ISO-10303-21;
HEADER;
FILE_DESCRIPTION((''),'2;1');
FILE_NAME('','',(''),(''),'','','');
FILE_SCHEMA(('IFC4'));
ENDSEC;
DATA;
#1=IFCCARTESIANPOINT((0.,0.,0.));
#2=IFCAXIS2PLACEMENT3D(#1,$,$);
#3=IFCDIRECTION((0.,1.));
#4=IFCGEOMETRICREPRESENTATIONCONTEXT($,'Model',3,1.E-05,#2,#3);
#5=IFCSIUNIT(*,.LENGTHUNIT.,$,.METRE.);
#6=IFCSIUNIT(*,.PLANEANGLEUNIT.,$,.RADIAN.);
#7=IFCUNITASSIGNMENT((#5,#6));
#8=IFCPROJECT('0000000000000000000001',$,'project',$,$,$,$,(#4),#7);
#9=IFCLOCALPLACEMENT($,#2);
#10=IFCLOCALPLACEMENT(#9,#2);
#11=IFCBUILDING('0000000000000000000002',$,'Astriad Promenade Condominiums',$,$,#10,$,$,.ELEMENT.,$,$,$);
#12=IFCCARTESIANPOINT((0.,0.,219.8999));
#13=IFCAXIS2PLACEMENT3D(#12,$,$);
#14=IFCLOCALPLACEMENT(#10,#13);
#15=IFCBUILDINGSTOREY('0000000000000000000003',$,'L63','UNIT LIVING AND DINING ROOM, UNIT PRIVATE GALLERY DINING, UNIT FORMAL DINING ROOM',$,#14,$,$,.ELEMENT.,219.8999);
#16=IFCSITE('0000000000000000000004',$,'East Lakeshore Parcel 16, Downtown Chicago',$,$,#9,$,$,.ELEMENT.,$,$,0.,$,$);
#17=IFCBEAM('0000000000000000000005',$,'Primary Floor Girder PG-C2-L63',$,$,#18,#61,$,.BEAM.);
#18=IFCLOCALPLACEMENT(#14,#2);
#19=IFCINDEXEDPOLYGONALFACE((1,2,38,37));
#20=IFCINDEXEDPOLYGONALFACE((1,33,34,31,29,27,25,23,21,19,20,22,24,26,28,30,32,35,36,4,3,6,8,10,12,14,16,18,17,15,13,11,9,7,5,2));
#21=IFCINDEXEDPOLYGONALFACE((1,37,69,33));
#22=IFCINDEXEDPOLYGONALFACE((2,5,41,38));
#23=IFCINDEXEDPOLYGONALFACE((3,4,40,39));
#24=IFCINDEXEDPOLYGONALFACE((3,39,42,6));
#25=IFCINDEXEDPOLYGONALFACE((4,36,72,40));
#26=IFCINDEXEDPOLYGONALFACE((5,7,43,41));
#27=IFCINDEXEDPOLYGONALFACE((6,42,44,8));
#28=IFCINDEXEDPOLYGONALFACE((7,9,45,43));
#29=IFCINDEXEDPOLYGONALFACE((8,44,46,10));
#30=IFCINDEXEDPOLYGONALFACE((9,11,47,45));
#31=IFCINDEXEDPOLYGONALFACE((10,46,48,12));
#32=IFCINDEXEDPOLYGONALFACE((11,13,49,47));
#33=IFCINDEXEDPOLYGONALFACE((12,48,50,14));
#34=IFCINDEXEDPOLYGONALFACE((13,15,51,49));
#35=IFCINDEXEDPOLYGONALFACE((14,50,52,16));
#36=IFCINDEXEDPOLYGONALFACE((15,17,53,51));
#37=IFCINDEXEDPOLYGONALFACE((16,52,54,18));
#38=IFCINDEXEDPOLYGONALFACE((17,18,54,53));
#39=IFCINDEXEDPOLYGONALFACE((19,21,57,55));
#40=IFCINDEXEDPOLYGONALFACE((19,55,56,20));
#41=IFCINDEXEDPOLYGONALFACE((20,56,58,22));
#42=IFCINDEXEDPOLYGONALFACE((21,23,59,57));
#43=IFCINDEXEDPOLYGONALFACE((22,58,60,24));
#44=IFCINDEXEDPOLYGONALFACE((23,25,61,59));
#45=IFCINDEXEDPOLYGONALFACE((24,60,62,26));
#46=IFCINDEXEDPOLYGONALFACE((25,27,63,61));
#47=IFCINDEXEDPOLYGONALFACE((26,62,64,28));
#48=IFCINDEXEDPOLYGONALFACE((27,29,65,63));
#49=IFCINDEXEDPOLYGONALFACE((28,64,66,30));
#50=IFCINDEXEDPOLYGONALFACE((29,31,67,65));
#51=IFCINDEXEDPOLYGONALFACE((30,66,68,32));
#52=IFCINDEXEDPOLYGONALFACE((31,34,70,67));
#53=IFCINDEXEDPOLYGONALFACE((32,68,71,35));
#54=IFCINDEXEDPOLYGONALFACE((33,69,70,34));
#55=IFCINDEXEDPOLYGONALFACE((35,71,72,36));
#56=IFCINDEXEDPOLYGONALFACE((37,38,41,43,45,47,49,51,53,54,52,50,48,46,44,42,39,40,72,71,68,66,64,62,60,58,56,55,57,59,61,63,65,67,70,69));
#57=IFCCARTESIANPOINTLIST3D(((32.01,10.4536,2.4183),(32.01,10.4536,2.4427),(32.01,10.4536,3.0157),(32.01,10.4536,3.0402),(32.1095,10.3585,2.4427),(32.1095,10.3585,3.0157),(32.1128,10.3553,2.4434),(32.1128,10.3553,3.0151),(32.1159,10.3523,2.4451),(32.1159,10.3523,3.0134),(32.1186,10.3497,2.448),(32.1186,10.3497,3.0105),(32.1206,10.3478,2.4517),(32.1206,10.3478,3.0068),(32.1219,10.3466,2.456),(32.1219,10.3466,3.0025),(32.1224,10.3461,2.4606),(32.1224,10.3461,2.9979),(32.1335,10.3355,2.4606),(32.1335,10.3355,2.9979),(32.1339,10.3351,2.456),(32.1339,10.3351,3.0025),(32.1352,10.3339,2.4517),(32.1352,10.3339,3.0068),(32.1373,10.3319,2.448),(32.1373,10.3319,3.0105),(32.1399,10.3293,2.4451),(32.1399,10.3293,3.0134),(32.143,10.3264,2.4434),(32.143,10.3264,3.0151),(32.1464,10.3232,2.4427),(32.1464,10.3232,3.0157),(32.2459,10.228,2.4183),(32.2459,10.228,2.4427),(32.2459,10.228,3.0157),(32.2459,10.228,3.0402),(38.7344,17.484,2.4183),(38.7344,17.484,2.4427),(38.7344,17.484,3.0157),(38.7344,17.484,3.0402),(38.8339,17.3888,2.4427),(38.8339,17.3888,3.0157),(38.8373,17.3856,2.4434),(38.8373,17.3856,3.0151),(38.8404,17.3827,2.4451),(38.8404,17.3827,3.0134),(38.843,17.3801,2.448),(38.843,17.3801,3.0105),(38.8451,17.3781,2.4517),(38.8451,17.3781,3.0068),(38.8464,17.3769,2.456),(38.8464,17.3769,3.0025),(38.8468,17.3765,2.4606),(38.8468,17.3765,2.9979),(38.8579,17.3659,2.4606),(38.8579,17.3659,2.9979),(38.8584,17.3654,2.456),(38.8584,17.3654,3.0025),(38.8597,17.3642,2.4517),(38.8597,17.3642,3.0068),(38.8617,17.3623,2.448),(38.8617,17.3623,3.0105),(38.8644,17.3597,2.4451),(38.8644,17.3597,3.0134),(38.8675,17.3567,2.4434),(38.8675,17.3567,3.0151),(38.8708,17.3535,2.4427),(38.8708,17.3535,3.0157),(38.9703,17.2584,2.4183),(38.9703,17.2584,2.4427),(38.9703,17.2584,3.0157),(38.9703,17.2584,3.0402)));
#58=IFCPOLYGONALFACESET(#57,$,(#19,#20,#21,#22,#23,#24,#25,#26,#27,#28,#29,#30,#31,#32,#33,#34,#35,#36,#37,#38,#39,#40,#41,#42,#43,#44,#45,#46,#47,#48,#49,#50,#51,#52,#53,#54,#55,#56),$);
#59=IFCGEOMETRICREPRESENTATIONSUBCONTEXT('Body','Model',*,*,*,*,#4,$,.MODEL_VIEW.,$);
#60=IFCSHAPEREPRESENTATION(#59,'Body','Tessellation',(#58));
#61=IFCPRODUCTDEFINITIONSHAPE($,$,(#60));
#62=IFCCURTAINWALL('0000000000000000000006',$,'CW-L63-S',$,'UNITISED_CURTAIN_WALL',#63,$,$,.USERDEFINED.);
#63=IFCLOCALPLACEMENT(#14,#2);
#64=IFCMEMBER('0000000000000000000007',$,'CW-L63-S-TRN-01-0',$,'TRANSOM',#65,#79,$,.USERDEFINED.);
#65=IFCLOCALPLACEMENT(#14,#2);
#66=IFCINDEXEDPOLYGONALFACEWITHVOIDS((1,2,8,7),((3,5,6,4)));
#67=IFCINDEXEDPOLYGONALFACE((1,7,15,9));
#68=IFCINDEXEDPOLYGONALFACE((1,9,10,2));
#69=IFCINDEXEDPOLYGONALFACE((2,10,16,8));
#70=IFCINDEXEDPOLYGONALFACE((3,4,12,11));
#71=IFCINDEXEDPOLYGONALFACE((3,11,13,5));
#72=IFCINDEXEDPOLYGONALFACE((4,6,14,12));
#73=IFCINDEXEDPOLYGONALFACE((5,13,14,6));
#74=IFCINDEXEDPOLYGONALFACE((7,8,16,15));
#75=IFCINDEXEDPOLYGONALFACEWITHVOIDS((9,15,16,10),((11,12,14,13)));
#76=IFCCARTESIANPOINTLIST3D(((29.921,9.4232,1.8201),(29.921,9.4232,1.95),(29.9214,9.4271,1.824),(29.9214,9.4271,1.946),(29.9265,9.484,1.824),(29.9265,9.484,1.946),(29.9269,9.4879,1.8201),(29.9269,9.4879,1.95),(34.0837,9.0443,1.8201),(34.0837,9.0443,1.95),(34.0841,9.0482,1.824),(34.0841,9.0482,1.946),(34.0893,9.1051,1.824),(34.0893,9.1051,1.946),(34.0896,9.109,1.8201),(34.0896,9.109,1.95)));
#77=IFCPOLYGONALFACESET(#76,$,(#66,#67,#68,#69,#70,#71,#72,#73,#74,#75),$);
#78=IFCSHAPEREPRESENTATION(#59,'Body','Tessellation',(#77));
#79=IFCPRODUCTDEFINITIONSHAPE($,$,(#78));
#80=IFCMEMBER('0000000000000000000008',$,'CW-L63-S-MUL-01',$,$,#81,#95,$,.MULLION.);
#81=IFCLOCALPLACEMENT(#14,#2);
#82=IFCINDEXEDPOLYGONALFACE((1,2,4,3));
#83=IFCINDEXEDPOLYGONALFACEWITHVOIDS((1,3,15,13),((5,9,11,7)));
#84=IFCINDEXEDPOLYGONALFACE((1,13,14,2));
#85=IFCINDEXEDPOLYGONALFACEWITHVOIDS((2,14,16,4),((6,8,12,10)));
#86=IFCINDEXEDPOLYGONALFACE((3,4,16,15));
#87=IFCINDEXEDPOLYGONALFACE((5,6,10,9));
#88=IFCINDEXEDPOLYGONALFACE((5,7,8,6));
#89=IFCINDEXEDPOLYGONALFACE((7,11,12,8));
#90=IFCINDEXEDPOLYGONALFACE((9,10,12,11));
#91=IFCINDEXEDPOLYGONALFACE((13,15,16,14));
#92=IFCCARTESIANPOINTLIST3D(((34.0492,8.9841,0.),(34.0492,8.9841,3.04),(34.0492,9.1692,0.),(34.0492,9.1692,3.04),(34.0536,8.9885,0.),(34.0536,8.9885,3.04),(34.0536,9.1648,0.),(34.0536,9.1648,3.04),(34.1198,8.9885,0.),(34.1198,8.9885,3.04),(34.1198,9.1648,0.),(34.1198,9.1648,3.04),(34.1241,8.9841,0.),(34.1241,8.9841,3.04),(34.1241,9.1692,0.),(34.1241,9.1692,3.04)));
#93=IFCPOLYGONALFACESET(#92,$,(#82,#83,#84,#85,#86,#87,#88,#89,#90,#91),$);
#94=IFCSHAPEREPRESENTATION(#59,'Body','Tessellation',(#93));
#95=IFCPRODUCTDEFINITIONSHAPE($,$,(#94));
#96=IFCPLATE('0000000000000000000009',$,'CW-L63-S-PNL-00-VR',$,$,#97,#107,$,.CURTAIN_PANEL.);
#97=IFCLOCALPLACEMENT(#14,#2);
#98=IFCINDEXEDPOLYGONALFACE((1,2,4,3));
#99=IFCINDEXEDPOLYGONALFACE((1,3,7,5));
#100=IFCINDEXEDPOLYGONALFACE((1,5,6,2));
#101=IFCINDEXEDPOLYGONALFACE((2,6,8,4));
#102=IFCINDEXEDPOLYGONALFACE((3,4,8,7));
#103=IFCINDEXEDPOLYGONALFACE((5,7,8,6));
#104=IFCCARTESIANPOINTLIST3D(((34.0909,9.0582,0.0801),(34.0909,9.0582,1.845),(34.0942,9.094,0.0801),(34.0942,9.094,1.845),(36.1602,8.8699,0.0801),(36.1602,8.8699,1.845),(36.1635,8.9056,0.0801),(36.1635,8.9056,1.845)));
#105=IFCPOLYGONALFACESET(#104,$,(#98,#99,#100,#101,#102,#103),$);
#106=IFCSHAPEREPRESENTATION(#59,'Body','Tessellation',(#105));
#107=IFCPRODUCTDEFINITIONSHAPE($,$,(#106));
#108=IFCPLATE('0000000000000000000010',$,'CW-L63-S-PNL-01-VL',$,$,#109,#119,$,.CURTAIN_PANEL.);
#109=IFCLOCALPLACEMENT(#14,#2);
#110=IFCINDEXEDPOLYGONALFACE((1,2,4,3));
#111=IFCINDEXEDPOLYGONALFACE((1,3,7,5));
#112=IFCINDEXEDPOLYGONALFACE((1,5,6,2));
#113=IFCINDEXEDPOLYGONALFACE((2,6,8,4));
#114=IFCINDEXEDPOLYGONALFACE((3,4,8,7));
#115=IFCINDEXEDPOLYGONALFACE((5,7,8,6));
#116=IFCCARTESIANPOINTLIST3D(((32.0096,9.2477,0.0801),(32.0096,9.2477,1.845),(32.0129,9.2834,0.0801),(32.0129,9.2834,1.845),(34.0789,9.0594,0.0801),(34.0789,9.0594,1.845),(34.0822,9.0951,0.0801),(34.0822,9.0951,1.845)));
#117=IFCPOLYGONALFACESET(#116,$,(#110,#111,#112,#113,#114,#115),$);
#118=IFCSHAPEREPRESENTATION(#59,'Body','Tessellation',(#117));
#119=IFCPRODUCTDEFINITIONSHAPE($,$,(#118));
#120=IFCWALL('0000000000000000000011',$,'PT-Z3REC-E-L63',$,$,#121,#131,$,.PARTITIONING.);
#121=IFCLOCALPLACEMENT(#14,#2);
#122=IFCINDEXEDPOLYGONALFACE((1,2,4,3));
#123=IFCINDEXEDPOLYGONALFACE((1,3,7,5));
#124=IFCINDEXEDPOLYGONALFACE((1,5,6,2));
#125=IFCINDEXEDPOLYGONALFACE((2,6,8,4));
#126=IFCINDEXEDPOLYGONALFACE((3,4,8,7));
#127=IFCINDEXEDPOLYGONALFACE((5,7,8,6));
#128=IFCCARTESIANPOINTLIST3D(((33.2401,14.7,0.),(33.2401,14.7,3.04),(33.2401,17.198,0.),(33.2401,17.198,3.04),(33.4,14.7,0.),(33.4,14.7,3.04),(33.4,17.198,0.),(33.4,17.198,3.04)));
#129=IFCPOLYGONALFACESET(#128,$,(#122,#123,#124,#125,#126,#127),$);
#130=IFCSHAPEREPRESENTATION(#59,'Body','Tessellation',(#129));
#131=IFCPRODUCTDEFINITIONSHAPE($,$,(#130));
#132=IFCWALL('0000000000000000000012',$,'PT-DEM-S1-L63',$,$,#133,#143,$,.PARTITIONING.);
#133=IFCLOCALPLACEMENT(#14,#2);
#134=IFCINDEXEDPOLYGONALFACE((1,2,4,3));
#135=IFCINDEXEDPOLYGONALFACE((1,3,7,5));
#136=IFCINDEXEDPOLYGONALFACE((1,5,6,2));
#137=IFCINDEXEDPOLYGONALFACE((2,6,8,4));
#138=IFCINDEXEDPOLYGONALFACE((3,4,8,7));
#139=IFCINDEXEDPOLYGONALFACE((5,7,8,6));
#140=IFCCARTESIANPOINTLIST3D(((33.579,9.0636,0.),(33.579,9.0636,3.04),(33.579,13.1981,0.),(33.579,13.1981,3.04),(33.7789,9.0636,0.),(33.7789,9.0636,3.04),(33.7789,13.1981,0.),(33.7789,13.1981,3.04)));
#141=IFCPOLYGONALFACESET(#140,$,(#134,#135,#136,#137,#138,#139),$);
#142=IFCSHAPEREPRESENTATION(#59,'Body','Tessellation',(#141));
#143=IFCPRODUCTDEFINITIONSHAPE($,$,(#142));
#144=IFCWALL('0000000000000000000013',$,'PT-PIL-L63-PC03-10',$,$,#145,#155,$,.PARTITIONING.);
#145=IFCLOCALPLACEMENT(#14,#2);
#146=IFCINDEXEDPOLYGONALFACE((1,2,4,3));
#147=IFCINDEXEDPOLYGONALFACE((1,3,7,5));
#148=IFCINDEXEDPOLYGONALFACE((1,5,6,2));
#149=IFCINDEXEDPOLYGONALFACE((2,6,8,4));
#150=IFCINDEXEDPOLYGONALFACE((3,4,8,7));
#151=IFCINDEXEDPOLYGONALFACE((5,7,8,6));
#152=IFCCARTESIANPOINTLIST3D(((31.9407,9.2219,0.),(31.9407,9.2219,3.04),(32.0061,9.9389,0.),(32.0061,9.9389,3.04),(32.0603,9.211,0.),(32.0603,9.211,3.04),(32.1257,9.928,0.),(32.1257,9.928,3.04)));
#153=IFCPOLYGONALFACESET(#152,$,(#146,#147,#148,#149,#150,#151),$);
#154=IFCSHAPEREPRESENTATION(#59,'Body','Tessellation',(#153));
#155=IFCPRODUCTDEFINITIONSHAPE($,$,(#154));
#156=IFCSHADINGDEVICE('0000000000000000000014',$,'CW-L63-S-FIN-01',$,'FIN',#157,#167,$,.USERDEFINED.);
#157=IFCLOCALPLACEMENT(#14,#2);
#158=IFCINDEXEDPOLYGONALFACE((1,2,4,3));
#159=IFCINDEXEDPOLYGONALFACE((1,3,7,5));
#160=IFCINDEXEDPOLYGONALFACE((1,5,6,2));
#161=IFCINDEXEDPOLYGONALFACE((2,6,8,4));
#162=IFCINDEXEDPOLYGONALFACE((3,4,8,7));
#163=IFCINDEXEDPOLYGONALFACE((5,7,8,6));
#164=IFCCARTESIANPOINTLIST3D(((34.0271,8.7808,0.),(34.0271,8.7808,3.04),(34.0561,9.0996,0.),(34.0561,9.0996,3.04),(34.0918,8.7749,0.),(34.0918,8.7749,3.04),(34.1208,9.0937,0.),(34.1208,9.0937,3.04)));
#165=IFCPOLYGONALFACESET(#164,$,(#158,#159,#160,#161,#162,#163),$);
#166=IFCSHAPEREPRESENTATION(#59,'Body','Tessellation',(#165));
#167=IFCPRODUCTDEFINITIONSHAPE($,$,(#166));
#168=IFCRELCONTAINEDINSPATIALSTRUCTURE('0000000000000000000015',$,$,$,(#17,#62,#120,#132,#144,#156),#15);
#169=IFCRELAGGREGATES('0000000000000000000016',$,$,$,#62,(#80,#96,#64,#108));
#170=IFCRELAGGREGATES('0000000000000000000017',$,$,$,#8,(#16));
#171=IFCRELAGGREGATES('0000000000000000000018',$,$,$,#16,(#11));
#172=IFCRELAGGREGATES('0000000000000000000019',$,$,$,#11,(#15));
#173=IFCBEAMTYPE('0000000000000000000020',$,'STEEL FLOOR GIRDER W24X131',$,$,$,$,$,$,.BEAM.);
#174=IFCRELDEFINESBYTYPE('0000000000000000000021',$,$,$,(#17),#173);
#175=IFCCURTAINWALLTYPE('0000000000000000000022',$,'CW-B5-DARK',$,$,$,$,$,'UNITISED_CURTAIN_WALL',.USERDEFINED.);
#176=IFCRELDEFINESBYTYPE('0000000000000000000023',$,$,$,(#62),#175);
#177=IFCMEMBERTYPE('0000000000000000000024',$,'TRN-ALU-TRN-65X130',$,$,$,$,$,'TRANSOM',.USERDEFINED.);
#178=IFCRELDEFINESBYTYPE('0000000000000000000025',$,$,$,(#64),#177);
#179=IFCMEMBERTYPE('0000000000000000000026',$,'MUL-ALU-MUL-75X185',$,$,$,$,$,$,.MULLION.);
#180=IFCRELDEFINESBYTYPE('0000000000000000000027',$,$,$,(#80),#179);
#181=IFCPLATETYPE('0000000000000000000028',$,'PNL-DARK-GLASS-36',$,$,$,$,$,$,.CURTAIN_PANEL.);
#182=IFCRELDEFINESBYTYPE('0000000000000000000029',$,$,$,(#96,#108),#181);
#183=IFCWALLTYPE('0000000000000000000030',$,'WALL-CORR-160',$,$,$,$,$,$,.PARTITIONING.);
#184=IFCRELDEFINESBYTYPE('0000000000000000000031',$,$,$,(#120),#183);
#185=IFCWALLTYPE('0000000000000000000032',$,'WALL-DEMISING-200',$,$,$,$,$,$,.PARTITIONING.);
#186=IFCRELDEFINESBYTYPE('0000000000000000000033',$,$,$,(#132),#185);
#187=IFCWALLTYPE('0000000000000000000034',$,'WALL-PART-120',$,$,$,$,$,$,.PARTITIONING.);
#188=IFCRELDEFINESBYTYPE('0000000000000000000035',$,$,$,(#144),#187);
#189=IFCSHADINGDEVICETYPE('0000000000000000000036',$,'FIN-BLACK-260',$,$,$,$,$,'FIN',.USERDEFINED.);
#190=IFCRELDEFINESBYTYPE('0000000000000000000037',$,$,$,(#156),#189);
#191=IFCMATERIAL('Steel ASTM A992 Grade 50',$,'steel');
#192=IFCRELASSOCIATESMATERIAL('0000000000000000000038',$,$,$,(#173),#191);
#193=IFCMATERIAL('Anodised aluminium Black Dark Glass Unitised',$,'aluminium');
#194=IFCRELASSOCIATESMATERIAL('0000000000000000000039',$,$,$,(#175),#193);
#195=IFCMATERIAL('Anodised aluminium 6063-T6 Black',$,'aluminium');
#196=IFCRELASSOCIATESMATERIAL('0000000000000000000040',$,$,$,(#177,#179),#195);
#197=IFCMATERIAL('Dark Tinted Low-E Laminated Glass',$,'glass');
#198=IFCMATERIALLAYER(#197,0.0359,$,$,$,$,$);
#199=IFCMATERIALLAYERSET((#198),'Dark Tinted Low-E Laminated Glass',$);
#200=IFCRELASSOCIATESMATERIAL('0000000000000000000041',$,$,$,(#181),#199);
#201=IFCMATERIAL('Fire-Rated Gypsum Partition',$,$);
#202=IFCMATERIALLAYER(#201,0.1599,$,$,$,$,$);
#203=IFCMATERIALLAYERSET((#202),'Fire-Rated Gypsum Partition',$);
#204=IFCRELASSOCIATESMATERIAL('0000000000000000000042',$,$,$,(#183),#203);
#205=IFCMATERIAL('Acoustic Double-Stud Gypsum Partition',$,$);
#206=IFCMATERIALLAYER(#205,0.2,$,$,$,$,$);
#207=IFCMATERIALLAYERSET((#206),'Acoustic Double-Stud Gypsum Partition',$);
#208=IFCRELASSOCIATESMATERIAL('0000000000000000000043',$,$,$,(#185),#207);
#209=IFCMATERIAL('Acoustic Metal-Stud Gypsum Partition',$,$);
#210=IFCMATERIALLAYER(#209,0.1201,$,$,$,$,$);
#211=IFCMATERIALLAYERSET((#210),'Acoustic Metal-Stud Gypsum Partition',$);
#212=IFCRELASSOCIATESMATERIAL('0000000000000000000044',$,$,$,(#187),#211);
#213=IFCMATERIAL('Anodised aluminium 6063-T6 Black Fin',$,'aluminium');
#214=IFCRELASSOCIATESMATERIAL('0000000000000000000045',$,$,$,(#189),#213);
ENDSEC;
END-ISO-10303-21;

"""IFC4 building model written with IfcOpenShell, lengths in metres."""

from ifc_helpers import new_model, si_unit, direction, frame, frame_2d, origin, origin_2d, place, context, subcontext, project, spatial, rectangle, hollow_rectangle, i_section, extrude, source, transform, mapped, material, layer, layer_set, material_profile, profile_set, type_object, type_shapes, element, aggregate, save


model = new_model("IFC4")

# Units and contexts
model_context = context("Model", 3, precision=1e-05, world=origin(), true_north=direction((0.0, 1.0)))
body_context = subcontext(model_context, "Body", "Model", "MODEL_VIEW")
ifc_project = project(units=[si_unit("LENGTHUNIT", "METRE"), si_unit("PLANEANGLEUNIT", "RADIAN")], contexts=[model_context])

# Site, building, storey
site_placement = place(None, origin())
site = spatial("IfcSite", under=ifc_project, at=site_placement, Name="East Lakeshore Parcel 16, Downtown Chicago", CompositionType="ELEMENT", RefElevation=0.0)
building_placement = place(site_placement, origin())
building = spatial("IfcBuilding", under=site, at=building_placement, Name="Astriad Promenade Condominiums", CompositionType="ELEMENT")
storey_placement = place(building_placement, frame((0.0, 0.0, 219.8999)))
storey = spatial("IfcBuildingStorey", under=building, at=storey_placement, Name="L63", Description="UNIT LIVING AND DINING ROOM, UNIT PRIVATE GALLERY DINING, UNIT FORMAL DINING ROOM", CompositionType="ELEMENT", Elevation=219.8999)

# Shared definitions
ifc_material_1 = material(Name="Steel ASTM A992 Grade 50", Category="steel")

# Beam
ifc_material_profile_1 = material_profile(ifc_material_1, i_section(OverallWidth=0.3264, OverallDepth=0.6218, WebThickness=0.0154, FlangeThickness=0.0244, FilletRadius=0.0178, at=origin_2d()), Name="W24X131")
ifc_profile_set_1 = profile_set([ifc_material_profile_1], Name="Steel ASTM A992 Grade 50")
beam_type_1 = type_object("IfcBeamType", Name="STEEL FLOOR GIRDER W24X131", PredefinedType="BEAM", material=ifc_profile_set_1)
shared_shape_1 = source(origin(), body_context, "Body", "SweptSolid", [
    extrude(i_section(OverallWidth=0.3264, OverallDepth=0.6218, WebThickness=0.0154, FlangeThickness=0.0244, FilletRadius=0.0178, at=origin_2d()), origin(), (0.0, 0.0, 1.0), 9.7285),
])
beam_1_placement = place(storey_placement, frame((32.1279, 10.3408, 2.7292), z_axis=(0.69121, 0.722654, 0.0), x_axis=(-0.722654, 0.69121, 0.0)))
element("IfcBeam", 1, at=beam_1_placement, inside=storey, type_object=beam_type_1, Name="Primary Floor Girder PG-C2-L63", PredefinedType="BEAM", context=body_context, shape_type="MappedRepresentation", body=[
    mapped(shared_shape_1, transform((0.0, 0.0, 0.0), scale=1.0)),
])

# Curtain wall, members, plates
ifc_material_2 = material(Name="Anodised aluminium Black Dark Glass Unitised", Category="aluminium")
curtain_wall_type = type_object("IfcCurtainWallType", Name="CW-B5-DARK", ElementType="UNITISED_CURTAIN_WALL", PredefinedType="USERDEFINED", material=ifc_material_2)
curtain_wall_placement = place(storey_placement, origin())
curtain_wall = element("IfcCurtainWall", 2, at=curtain_wall_placement, inside=storey, type_object=curtain_wall_type, Name="CW-L63-S", ObjectType="UNITISED_CURTAIN_WALL", PredefinedType="USERDEFINED")
ifc_material_3 = material(Name="Anodised aluminium 6063-T6 Black", Category="aluminium")
ifc_material_profile_2 = material_profile(ifc_material_3, hollow_rectangle(XDim=0.0649, YDim=0.1299, WallThickness=0.0039, at=origin_2d()), Name="ALU-TRN-65X130")
ifc_profile_set_2 = profile_set([ifc_material_profile_2], Name="Anodised aluminium 6063-T6 Black")
member_type_1 = type_object("IfcMemberType", Name="TRN-ALU-TRN-65X130", ElementType="TRANSOM", PredefinedType="USERDEFINED", material=ifc_profile_set_2)
shared_shape_2 = source(origin(), body_context, "Body", "SweptSolid", [
    extrude(hollow_rectangle(XDim=0.0649, YDim=0.1299, WallThickness=0.0039, at=origin_2d()), origin(), (0.0, 0.0, 1.0), 4.1799),
])
type_shapes(member_type_1, [shared_shape_2])
member_1_placement = place(storey_placement, frame((34.0867, 9.0767, 1.885), z_axis=(-0.995883, 0.090646, 0.0), x_axis=(-0.090646, -0.995883, 0.0)))
member_1 = element("IfcMember", 3, at=member_1_placement, type_object=member_type_1, Name="CW-L63-S-TRN-01-0", ObjectType="TRANSOM", PredefinedType="USERDEFINED", context=body_context, shape_type="MappedRepresentation", body=[
    mapped(shared_shape_2, transform((0.0, 0.0, 0.0), scale=1.0)),
])
ifc_material_profile_3 = material_profile(ifc_material_3, hollow_rectangle(XDim=0.075, YDim=0.1851, WallThickness=0.0044, at=origin_2d()), Name="ALU-MUL-75X185")
ifc_profile_set_3 = profile_set([ifc_material_profile_3], Name="Anodised aluminium 6063-T6 Black")
member_type_2 = type_object("IfcMemberType", Name="MUL-ALU-MUL-75X185", PredefinedType="MULLION", material=ifc_profile_set_3)
shared_shape_3 = source(origin(), body_context, "Body", "SweptSolid", [
    extrude(hollow_rectangle(XDim=0.075, YDim=0.1851, WallThickness=0.0044, at=origin_2d()), origin(), (0.0, 0.0, 1.0), 3.04),
])
type_shapes(member_type_2, [shared_shape_3])
member_2_placement = place(storey_placement, frame((34.0867, 9.0767, 0.0), z_axis=(0.0, 0.0, 1.0), x_axis=(1.0, 0.0, 0.0)))
member_2 = element("IfcMember", 4, at=member_2_placement, type_object=member_type_2, Name="CW-L63-S-MUL-01", PredefinedType="MULLION", context=body_context, shape_type="MappedRepresentation", body=[
    mapped(shared_shape_3, transform((0.0, 0.0, 0.0), scale=1.0)),
])
ifc_material_4 = material(Name="Dark Tinted Low-E Laminated Glass", Category="glass")
ifc_layer_1 = layer(ifc_material_4, 0.0359)
ifc_layer_set_1 = layer_set([ifc_layer_1], Name="Dark Tinted Low-E Laminated Glass")
plate_type = type_object("IfcPlateType", Name="PNL-DARK-GLASS-36", PredefinedType="CURTAIN_PANEL", material=ifc_layer_set_1)
shared_shape_4 = source(origin(), body_context, "Body", "SweptSolid", [
    extrude(rectangle(XDim=2.0779, YDim=0.0359, at=origin_2d()), origin(), (0.0, 0.0, 1.0), 1.7649),
])
type_shapes(plate_type, [shared_shape_4])
plate_1_placement = place(storey_placement, frame((35.1272, 8.9819, 0.0801), z_axis=(0.0, 0.0, 1.0), x_axis=(-0.995884, 0.090633, 0.0)))
plate_1 = element("IfcPlate", 5, at=plate_1_placement, type_object=plate_type, Name="CW-L63-S-PNL-00-VR", PredefinedType="CURTAIN_PANEL", context=body_context, shape_type="MappedRepresentation", body=[
    mapped(shared_shape_4, transform((0.0, 0.0, 0.0), scale=1.0)),
])
plate_2_placement = place(storey_placement, frame((33.0459, 9.1714, 0.0801), z_axis=(0.0, 0.0, 1.0), x_axis=(-0.995884, 0.090633, 0.0)))
plate_2 = element("IfcPlate", 6, at=plate_2_placement, type_object=plate_type, Name="CW-L63-S-PNL-01-VL", PredefinedType="CURTAIN_PANEL", context=body_context, shape_type="MappedRepresentation", body=[
    mapped(shared_shape_4, transform((0.0, 0.0, 0.0), scale=1.0)),
])
aggregate(curtain_wall, [member_2, plate_1, member_1, plate_2])

# Walls
ifc_material_5 = material(Name="Fire-Rated Gypsum Partition")
ifc_layer_2 = layer(ifc_material_5, 0.1599)
ifc_layer_set_2 = layer_set([ifc_layer_2], Name="Fire-Rated Gypsum Partition")
wall_type_1 = type_object("IfcWallType", Name="WALL-CORR-160", PredefinedType="PARTITIONING", material=ifc_layer_set_2)
wall_1_placement = place(storey_placement, frame((33.3201, 14.7, 0.0), z_axis=(0.0, 0.0, 1.0), x_axis=(0.0, 1.0, 0.0)))
element("IfcWall", 7, at=wall_1_placement, inside=storey, type_object=wall_type_1, Name="PT-Z3REC-E-L63", PredefinedType="PARTITIONING", context=body_context, shape_type="SweptSolid", body=[
    extrude(rectangle(XDim=2.498, YDim=0.1599, at=frame_2d((1.249, 0.0))), origin(), (0.0, 0.0, 1.0), 3.04),
])
ifc_material_6 = material(Name="Acoustic Double-Stud Gypsum Partition")
ifc_layer_3 = layer(ifc_material_6, 0.2)
ifc_layer_set_3 = layer_set([ifc_layer_3], Name="Acoustic Double-Stud Gypsum Partition")
wall_type_2 = type_object("IfcWallType", Name="WALL-DEMISING-200", PredefinedType="PARTITIONING", material=ifc_layer_set_3)
wall_2_placement = place(storey_placement, frame((33.679, 9.0635, 0.0), z_axis=(0.0, 0.0, 1.0), x_axis=(0.0, 1.0, 0.0)))
element("IfcWall", 8, at=wall_2_placement, inside=storey, type_object=wall_type_2, Name="PT-DEM-S1-L63", PredefinedType="PARTITIONING", context=body_context, shape_type="SweptSolid", body=[
    extrude(rectangle(XDim=4.1345, YDim=0.2, at=frame_2d((2.0674, 0.0))), origin(), (0.0, 0.0, 1.0), 3.04),
])
ifc_material_7 = material(Name="Acoustic Metal-Stud Gypsum Partition")
ifc_layer_4 = layer(ifc_material_7, 0.1201)
ifc_layer_set_4 = layer_set([ifc_layer_4], Name="Acoustic Metal-Stud Gypsum Partition")
wall_type_3 = type_object("IfcWallType", Name="WALL-PART-120", PredefinedType="PARTITIONING", material=ifc_layer_set_4)
wall_3_placement = place(storey_placement, frame((32.0659, 9.9333, 0.0), z_axis=(0.0, 0.0, 1.0), x_axis=(-0.090872, -0.995863, 0.0)))
element("IfcWall", 9, at=wall_3_placement, inside=storey, type_object=wall_type_3, Name="PT-PIL-L63-PC03-10", PredefinedType="PARTITIONING", context=body_context, shape_type="SweptSolid", body=[
    extrude(rectangle(XDim=0.72, YDim=0.1201, at=frame_2d((0.3599, 0.0))), origin(), (0.0, 0.0, 1.0), 3.04),
])

# Shading device
ifc_material_8 = material(Name="Anodised aluminium 6063-T6 Black Fin", Category="aluminium")
shading_device_type = type_object("IfcShadingDeviceType", Name="FIN-BLACK-260", ElementType="FIN", PredefinedType="USERDEFINED", material=ifc_material_8)
shared_shape_5 = source(origin(), body_context, "Body", "SweptSolid", [
    extrude(rectangle(XDim=0.0649, YDim=0.3201, at=origin_2d()), origin(), (0.0, 0.0, 1.0), 3.04),
])
type_shapes(shading_device_type, [shared_shape_5])
shading_device_placement = place(storey_placement, frame((34.074, 8.9373, 0.0), z_axis=(0.0, 0.0, 1.0), x_axis=(-0.995884, 0.090633, 0.0)))
element("IfcShadingDevice", 10, at=shading_device_placement, inside=storey, type_object=shading_device_type, Name="CW-L63-S-FIN-01", ObjectType="FIN", PredefinedType="USERDEFINED", context=body_context, shape_type="MappedRepresentation", body=[
    mapped(shared_shape_5, transform((0.0, 0.0, 0.0), scale=1.0)),
])

save(model, "model.ifc")
